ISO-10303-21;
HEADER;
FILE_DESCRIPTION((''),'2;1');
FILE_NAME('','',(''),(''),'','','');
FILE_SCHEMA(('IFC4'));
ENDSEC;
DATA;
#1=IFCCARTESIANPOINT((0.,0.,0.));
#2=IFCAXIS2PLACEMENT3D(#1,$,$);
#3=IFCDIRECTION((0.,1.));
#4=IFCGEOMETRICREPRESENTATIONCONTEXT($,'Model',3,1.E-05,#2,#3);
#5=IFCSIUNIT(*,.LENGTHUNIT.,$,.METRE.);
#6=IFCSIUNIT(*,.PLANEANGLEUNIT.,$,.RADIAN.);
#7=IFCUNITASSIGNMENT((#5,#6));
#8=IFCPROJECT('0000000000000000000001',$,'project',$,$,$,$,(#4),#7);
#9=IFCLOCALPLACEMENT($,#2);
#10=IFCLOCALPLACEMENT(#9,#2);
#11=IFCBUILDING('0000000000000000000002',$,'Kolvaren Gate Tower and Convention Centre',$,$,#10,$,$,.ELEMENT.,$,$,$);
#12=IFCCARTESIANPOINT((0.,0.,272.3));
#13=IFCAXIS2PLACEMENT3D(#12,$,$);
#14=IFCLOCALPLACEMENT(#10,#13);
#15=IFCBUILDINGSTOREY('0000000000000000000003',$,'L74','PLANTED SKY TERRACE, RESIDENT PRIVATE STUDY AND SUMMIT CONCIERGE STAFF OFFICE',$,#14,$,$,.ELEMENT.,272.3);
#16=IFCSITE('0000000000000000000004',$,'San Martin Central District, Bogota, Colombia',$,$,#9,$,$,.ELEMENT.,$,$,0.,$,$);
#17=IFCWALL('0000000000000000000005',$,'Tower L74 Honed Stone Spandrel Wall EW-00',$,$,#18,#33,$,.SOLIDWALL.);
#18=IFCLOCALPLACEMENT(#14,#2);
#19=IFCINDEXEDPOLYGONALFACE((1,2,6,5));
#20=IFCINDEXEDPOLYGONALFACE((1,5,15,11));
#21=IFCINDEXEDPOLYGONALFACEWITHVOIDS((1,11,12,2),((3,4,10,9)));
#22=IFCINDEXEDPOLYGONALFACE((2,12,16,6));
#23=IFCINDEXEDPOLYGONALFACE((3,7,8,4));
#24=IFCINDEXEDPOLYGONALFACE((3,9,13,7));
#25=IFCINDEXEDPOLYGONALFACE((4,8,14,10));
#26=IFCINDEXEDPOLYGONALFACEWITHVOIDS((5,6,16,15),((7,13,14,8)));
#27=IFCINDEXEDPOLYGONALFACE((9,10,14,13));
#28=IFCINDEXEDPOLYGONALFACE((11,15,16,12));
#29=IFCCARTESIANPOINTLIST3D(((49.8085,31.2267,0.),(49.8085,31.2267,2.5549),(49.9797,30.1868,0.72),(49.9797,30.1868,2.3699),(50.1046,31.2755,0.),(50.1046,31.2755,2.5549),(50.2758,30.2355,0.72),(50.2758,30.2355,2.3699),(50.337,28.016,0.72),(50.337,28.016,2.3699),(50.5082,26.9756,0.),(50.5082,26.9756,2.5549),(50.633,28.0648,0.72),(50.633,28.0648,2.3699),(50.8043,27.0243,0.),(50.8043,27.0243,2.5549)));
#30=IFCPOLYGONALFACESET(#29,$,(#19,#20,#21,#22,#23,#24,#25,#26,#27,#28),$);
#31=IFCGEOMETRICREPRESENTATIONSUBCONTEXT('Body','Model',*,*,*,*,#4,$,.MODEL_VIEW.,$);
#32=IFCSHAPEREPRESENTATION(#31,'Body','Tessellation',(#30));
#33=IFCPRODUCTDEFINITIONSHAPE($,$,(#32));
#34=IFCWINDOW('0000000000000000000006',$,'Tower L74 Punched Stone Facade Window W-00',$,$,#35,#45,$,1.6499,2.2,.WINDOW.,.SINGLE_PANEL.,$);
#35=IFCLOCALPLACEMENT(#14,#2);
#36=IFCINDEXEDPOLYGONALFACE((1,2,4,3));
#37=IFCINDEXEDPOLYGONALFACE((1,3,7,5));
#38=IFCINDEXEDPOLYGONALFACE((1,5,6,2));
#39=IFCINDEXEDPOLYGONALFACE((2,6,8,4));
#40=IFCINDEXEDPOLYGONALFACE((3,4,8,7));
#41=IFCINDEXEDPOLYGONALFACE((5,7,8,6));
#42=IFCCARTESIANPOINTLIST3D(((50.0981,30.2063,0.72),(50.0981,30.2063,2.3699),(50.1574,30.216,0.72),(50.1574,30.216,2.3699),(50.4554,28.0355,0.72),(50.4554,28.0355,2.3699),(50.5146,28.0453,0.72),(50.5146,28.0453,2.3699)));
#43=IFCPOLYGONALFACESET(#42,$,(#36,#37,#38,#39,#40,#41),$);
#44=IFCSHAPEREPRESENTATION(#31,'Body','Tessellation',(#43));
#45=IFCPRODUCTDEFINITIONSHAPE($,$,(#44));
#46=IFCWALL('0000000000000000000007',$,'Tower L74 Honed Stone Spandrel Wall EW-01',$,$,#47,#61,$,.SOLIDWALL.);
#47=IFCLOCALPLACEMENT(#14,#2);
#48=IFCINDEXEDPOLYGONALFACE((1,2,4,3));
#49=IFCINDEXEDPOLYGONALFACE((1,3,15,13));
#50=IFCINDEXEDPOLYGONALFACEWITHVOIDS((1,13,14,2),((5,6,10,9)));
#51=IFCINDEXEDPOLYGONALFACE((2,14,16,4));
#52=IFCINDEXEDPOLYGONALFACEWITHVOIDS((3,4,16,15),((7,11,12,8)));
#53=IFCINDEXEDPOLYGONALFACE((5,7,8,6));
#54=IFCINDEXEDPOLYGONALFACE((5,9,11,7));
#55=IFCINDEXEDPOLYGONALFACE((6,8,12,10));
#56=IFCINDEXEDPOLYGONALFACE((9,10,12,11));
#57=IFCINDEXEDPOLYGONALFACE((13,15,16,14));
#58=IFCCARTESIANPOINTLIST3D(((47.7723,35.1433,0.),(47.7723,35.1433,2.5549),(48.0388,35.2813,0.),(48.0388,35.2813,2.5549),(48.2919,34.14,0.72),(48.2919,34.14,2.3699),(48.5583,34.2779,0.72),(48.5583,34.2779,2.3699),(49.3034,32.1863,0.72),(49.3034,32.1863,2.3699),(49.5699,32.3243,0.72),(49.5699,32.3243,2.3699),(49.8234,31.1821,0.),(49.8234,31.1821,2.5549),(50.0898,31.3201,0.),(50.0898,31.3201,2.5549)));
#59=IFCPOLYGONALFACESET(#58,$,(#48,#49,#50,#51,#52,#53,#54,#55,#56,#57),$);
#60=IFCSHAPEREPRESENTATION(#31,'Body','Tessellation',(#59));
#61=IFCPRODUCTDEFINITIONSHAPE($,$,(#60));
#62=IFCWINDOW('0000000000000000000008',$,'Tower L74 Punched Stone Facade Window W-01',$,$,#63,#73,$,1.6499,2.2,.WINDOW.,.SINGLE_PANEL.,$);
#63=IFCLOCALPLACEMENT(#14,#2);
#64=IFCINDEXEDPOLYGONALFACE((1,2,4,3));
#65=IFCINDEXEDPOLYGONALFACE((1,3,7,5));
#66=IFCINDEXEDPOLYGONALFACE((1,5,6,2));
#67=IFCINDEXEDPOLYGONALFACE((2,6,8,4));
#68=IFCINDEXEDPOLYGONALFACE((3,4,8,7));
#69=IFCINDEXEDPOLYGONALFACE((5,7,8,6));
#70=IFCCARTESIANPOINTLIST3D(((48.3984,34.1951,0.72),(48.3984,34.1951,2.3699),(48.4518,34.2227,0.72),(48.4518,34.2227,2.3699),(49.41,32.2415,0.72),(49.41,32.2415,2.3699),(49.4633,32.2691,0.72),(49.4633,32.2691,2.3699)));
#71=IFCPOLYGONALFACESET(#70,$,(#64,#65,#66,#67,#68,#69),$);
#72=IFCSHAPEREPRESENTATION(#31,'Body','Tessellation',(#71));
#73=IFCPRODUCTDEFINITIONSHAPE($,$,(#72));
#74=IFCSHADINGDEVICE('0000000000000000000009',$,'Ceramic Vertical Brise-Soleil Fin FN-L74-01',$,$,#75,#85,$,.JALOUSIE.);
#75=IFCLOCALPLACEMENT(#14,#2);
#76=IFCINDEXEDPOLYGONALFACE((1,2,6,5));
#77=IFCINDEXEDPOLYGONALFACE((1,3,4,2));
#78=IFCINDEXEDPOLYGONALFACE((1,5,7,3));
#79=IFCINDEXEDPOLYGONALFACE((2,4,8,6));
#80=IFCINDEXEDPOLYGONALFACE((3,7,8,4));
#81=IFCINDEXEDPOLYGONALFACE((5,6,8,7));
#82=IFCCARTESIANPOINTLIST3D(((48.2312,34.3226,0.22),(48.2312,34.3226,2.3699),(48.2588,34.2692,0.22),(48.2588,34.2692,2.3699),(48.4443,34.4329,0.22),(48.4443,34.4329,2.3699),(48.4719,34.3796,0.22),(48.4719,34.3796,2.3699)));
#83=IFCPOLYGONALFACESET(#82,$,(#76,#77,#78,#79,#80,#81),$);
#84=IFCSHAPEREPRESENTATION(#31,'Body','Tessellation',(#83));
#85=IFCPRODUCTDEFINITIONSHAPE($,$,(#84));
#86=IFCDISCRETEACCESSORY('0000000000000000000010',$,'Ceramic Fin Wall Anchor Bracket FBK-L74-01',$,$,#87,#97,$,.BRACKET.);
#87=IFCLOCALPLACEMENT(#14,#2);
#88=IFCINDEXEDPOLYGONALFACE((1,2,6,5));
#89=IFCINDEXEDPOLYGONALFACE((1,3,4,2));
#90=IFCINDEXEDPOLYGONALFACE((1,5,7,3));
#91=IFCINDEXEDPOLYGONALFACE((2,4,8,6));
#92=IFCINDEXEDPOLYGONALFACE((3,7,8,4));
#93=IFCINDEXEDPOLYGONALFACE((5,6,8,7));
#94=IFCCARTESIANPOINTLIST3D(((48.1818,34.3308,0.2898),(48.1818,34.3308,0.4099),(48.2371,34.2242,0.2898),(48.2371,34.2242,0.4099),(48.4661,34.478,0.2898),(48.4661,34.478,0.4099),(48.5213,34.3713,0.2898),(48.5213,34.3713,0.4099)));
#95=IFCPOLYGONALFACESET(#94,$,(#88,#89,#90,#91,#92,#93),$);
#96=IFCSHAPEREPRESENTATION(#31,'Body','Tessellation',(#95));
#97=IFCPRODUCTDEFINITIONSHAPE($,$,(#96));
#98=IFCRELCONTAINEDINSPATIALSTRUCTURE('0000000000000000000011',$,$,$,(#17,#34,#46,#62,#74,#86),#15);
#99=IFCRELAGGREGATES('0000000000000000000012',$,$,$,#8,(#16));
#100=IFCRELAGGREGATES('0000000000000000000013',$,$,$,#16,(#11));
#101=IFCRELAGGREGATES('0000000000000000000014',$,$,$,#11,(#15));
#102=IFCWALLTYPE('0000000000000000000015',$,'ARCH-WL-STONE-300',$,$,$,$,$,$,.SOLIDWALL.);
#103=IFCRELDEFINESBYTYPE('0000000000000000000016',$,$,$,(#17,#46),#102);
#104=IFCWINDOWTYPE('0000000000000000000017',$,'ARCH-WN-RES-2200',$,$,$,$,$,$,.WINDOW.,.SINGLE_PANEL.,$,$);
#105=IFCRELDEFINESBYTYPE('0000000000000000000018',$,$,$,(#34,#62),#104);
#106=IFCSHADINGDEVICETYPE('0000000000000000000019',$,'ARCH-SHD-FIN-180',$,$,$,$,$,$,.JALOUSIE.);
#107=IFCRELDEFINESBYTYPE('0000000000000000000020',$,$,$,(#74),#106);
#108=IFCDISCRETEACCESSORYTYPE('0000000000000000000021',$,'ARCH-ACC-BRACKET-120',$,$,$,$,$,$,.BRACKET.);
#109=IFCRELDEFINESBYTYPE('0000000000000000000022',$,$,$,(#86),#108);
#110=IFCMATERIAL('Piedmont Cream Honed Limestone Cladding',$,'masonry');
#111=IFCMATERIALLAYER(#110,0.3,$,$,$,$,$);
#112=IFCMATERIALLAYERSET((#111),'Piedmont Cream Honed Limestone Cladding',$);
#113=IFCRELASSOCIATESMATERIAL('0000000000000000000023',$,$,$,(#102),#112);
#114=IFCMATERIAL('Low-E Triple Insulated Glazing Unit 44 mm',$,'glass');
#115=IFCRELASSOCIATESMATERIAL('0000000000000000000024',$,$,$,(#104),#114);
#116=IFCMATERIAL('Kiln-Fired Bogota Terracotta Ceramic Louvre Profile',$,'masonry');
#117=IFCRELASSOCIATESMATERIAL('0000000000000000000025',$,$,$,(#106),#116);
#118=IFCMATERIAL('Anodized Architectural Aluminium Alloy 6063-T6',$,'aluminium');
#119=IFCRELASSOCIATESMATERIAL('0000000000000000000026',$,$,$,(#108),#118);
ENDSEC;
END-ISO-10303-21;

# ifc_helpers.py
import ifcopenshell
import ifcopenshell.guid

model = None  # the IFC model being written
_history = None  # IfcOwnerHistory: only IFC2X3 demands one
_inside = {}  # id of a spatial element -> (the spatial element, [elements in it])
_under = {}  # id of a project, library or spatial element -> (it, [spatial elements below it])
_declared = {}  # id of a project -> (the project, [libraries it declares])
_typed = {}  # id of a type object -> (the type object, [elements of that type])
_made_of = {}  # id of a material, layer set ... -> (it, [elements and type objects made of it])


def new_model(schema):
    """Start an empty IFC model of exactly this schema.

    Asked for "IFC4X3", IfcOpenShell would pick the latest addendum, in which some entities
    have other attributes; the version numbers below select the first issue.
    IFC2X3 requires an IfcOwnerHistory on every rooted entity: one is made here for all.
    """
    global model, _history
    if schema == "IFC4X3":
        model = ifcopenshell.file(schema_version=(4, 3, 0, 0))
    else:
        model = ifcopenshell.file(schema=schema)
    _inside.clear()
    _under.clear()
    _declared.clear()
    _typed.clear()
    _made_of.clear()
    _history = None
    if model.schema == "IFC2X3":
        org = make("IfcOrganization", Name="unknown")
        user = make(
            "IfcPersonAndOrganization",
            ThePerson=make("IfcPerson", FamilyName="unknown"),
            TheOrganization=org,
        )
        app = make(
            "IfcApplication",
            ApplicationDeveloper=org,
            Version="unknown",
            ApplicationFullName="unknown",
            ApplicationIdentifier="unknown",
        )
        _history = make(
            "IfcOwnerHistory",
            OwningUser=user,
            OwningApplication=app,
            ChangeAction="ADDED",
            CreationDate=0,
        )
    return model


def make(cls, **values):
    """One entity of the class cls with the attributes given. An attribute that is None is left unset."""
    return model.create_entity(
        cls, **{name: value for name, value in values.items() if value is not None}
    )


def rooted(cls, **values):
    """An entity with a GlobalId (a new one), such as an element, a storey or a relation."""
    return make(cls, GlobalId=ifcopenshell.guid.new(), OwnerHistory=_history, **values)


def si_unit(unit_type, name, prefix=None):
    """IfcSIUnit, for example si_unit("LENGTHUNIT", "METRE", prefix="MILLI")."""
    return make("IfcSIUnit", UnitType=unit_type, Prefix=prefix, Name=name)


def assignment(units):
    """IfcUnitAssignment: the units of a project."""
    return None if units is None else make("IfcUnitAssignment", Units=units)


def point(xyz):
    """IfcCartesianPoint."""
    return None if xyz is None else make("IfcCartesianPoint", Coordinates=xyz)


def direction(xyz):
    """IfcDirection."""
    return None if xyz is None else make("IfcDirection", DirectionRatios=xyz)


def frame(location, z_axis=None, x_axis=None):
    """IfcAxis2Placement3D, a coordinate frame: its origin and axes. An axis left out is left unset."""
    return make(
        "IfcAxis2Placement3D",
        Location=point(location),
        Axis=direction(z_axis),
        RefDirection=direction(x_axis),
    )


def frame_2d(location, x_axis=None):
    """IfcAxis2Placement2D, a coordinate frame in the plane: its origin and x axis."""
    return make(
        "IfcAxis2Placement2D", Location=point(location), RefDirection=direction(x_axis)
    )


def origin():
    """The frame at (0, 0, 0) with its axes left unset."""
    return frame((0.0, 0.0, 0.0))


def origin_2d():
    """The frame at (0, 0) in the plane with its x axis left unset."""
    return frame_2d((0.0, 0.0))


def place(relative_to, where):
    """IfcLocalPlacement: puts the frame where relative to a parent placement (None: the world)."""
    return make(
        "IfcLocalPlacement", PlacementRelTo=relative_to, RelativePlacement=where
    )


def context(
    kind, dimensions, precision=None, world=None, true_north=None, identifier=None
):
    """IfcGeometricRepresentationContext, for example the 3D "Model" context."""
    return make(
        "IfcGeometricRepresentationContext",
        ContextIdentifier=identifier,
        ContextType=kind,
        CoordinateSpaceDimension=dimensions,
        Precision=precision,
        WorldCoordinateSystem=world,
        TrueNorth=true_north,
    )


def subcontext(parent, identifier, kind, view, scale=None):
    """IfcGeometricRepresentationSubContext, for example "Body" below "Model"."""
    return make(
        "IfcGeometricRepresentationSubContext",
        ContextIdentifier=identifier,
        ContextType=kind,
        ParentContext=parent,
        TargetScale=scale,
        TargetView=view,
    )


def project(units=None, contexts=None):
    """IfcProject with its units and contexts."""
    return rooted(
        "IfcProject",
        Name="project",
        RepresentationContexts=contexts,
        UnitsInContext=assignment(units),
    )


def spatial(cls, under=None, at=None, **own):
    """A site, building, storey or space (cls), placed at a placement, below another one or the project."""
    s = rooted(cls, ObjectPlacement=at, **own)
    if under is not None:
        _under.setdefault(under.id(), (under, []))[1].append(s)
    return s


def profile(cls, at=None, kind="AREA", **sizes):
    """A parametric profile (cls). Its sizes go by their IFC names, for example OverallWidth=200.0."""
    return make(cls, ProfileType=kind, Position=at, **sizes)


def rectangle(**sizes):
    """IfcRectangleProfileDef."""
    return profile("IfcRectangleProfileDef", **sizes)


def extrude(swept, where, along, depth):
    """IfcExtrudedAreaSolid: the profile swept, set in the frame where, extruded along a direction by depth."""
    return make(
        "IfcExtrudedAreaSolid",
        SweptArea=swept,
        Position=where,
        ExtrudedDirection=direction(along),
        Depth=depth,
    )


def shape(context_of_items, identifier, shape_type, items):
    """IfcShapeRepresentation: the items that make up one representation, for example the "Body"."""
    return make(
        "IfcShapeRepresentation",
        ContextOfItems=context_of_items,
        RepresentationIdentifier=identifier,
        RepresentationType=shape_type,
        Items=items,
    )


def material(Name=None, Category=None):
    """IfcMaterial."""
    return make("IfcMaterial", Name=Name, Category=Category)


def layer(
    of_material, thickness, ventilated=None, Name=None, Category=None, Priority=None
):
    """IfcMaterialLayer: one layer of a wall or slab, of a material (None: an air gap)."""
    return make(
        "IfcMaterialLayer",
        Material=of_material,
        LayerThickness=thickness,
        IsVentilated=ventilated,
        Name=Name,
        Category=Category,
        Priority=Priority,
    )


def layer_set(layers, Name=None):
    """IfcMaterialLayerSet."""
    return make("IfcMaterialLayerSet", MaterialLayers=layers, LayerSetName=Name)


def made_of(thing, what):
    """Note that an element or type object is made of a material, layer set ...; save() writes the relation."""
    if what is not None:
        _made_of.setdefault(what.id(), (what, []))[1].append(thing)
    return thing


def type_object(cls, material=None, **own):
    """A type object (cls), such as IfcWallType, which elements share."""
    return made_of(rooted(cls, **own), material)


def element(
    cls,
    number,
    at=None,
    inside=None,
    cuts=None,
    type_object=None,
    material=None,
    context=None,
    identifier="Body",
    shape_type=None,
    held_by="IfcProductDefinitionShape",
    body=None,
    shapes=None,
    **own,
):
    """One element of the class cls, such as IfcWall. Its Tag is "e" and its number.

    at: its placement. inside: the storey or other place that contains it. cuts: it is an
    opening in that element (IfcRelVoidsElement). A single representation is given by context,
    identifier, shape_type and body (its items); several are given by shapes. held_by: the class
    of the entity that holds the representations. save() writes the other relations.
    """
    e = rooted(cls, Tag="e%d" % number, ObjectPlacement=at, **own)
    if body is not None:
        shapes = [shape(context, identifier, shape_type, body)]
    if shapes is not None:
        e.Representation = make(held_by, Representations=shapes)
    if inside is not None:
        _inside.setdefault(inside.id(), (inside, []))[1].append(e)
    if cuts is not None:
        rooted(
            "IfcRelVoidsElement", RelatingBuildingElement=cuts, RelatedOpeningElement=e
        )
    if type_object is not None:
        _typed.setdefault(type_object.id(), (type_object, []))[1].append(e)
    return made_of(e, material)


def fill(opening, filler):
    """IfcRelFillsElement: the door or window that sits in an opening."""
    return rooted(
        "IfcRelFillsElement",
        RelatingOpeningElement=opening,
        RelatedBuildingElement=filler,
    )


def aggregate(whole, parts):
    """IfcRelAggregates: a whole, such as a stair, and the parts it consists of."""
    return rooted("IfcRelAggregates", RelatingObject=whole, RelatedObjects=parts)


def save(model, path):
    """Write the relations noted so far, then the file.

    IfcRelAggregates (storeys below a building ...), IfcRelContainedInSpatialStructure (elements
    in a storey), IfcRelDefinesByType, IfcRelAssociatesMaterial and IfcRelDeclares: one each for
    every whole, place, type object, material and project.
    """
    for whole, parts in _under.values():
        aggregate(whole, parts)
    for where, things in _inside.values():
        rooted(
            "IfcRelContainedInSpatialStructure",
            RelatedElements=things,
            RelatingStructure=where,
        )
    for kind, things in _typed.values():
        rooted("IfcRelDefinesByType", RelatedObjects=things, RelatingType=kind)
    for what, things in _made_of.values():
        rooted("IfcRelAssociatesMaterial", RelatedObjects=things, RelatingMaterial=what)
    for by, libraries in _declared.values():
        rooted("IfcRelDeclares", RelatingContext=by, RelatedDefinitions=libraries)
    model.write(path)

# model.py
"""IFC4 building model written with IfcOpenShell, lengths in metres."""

from ifc_helpers import new_model, si_unit, direction, frame, frame_2d, origin, origin_2d, place, context, subcontext, project, spatial, rectangle, extrude, material, layer, layer_set, type_object, element, fill, save


model = new_model("IFC4")

# Units and contexts
model_context = context("Model", 3, precision=1e-05, world=origin(), true_north=direction((0.0, 1.0)))
body_context = subcontext(model_context, "Body", "Model", "MODEL_VIEW")
ifc_project = project(units=[si_unit("LENGTHUNIT", "METRE"), si_unit("PLANEANGLEUNIT", "RADIAN")], contexts=[model_context])

# Site, building, storey
site_placement = place(None, origin())
site = spatial("IfcSite", under=ifc_project, at=site_placement, Name="San Martin Central District, Bogota, Colombia", CompositionType="ELEMENT", RefElevation=0.0)
building_placement = place(site_placement, origin())
building = spatial("IfcBuilding", under=site, at=building_placement, Name="Kolvaren Gate Tower and Convention Centre", CompositionType="ELEMENT")
storey_placement = place(building_placement, frame((0.0, 0.0, 272.3)))
storey = spatial("IfcBuildingStorey", under=building, at=storey_placement, Name="L74", Description="PLANTED SKY TERRACE, RESIDENT PRIVATE STUDY AND SUMMIT CONCIERGE STAFF OFFICE", CompositionType="ELEMENT", Elevation=272.3)

# Shared definitions
ifc_material_1 = material(Name="Anodized Architectural Aluminium Alloy 6063-T6", Category="aluminium")

# Shared definitions
ifc_material_2 = material(Name="Low-E Triple Insulated Glazing Unit 44 mm", Category="glass")

# Shared definitions
ifc_material_3 = material(Name="Piedmont Cream Honed Limestone Cladding", Category="masonry")

# Walls, openings, windows
ifc_layer_1 = layer(ifc_material_3, 0.3)
ifc_layer_set_1 = layer_set([ifc_layer_1], Name="Piedmont Cream Honed Limestone Cladding")
wall_type_1 = type_object("IfcWallType", Name="ARCH-WL-STONE-300", PredefinedType="SOLIDWALL", material=ifc_layer_set_1)
wall_1_placement = place(storey_placement, frame((49.9565, 31.2512, 0.0), z_axis=(0.0, 0.0, 1.0), x_axis=(0.162405, -0.986724, 0.0)))
wall_1 = element("IfcWall", 1, at=wall_1_placement, inside=storey, type_object=wall_type_1, Name="Tower L74 Honed Stone Spandrel Wall EW-00", PredefinedType="SOLIDWALL", context=body_context, shape_type="SweptSolid", body=[
    extrude(rectangle(XDim=4.3083, YDim=0.3, at=frame_2d((2.1543, 0.0))), origin(), (0.0, 0.0, 1.0), 2.5549),
])
opening_1_placement = place(wall_1_placement, frame((1.054, 0.0, 0.72)))
opening_1 = element("IfcOpeningElement", 2, at=opening_1_placement, cuts=wall_1, PredefinedType="OPENING", context=body_context, shape_type="SweptSolid", body=[
    extrude(rectangle(XDim=2.2, YDim=1.6499, at=frame_2d((1.1001, 0.825))), frame((0.0, 0.1599, 0.0), z_axis=(0.0, -1.0, 0.0), x_axis=(1.0, 0.0, 0.0)), (0.0, 0.0, 1.0), 0.3201),
])
window_type = type_object("IfcWindowType", Name="ARCH-WN-RES-2200", PartitioningType="SINGLE_PANEL", PredefinedType="WINDOW", material=ifc_material_2)
window_1_placement = place(opening_1_placement, origin())
window_1 = element("IfcWindow", 3, at=window_1_placement, inside=storey, type_object=window_type, Name="Tower L74 Punched Stone Facade Window W-00", OverallHeight=1.6499, OverallWidth=2.2, PartitioningType="SINGLE_PANEL", PredefinedType="WINDOW", context=body_context, shape_type="SweptSolid", body=[
    extrude(rectangle(XDim=2.2, YDim=1.6499, at=frame_2d((1.1001, 0.825))), frame((0.0, 0.03, 0.0), z_axis=(0.0, -1.0, 0.0), x_axis=(1.0, 0.0, 0.0)), (0.0, 0.0, 1.0), 0.0601),
])
fill(opening_1, window_1)
wall_2_placement = place(storey_placement, frame((47.9055, 35.2124, 0.0), z_axis=(0.0, 0.0, 1.0), x_axis=(0.459801, -0.888022, 0.0)))
wall_2 = element("IfcWall", 4, at=wall_2_placement, inside=storey, type_object=wall_type_1, Name="Tower L74 Honed Stone Spandrel Wall EW-01", PredefinedType="SOLIDWALL", context=body_context, shape_type="SweptSolid", body=[
    extrude(rectangle(XDim=4.4607, YDim=0.3, at=frame_2d((2.2305, 0.0))), origin(), (0.0, 0.0, 1.0), 2.5549),
])
opening_2_placement = place(wall_2_placement, frame((1.1299, 0.0, 0.72)))
opening_2 = element("IfcOpeningElement", 5, at=opening_2_placement, cuts=wall_2, PredefinedType="OPENING", context=body_context, shape_type="SweptSolid", body=[
    extrude(rectangle(XDim=2.2, YDim=1.6499, at=frame_2d((1.1001, 0.825))), frame((0.0, 0.1599, 0.0), z_axis=(0.0, -1.0, 0.0), x_axis=(1.0, 0.0, 0.0)), (0.0, 0.0, 1.0), 0.3201),
])
window_2_placement = place(opening_2_placement, origin())
window_2 = element("IfcWindow", 6, at=window_2_placement, inside=storey, type_object=window_type, Name="Tower L74 Punched Stone Facade Window W-01", OverallHeight=1.6499, OverallWidth=2.2, PartitioningType="SINGLE_PANEL", PredefinedType="WINDOW", context=body_context, shape_type="SweptSolid", body=[
    extrude(rectangle(XDim=2.2, YDim=1.6499, at=frame_2d((1.1001, 0.825))), frame((0.0, 0.03, 0.0), z_axis=(0.0, -1.0, 0.0), x_axis=(1.0, 0.0, 0.0)), (0.0, 0.0, 1.0), 0.0601),
])
fill(opening_2, window_2)

# Shading device
ifc_material_4 = material(Name="Kiln-Fired Bogota Terracotta Ceramic Louvre Profile", Category="masonry")
shading_device_type = type_object("IfcShadingDeviceType", Name="ARCH-SHD-FIN-180", PredefinedType="JALOUSIE", material=ifc_material_4)
shading_device_placement = place(storey_placement, frame((48.3516, 34.3511, 0.22), z_axis=(0.0, 0.0, 1.0), x_axis=(0.459794, -0.888026, 0.0)))
element("IfcShadingDevice", 7, at=shading_device_placement, inside=storey, type_object=shading_device_type, Name="Ceramic Vertical Brise-Soleil Fin FN-L74-01", PredefinedType="JALOUSIE", context=body_context, shape_type="SweptSolid", body=[
    extrude(rectangle(XDim=0.0601, YDim=0.24, at=origin_2d()), origin(), (0.0, 0.0, 1.0), 2.1499),
])

# Discrete accessory
discrete_accessory_type = type_object("IfcDiscreteAccessoryType", Name="ARCH-ACC-BRACKET-120", PredefinedType="BRACKET", material=ifc_material_1)
discrete_accessory_placement = place(storey_placement, frame((48.3516, 34.3511, 0.2898), z_axis=(0.0, 0.0, 1.0), x_axis=(0.459794, -0.888026, 0.0)))
element("IfcDiscreteAccessory", 8, at=discrete_accessory_placement, inside=storey, type_object=discrete_accessory_type, Name="Ceramic Fin Wall Anchor Bracket FBK-L74-01", PredefinedType="BRACKET", context=body_context, shape_type="SweptSolid", body=[
    extrude(rectangle(XDim=0.1201, YDim=0.3201, at=origin_2d()), origin(), (0.0, 0.0, 1.0), 0.1201),
])

save(model, "model.ifc")
